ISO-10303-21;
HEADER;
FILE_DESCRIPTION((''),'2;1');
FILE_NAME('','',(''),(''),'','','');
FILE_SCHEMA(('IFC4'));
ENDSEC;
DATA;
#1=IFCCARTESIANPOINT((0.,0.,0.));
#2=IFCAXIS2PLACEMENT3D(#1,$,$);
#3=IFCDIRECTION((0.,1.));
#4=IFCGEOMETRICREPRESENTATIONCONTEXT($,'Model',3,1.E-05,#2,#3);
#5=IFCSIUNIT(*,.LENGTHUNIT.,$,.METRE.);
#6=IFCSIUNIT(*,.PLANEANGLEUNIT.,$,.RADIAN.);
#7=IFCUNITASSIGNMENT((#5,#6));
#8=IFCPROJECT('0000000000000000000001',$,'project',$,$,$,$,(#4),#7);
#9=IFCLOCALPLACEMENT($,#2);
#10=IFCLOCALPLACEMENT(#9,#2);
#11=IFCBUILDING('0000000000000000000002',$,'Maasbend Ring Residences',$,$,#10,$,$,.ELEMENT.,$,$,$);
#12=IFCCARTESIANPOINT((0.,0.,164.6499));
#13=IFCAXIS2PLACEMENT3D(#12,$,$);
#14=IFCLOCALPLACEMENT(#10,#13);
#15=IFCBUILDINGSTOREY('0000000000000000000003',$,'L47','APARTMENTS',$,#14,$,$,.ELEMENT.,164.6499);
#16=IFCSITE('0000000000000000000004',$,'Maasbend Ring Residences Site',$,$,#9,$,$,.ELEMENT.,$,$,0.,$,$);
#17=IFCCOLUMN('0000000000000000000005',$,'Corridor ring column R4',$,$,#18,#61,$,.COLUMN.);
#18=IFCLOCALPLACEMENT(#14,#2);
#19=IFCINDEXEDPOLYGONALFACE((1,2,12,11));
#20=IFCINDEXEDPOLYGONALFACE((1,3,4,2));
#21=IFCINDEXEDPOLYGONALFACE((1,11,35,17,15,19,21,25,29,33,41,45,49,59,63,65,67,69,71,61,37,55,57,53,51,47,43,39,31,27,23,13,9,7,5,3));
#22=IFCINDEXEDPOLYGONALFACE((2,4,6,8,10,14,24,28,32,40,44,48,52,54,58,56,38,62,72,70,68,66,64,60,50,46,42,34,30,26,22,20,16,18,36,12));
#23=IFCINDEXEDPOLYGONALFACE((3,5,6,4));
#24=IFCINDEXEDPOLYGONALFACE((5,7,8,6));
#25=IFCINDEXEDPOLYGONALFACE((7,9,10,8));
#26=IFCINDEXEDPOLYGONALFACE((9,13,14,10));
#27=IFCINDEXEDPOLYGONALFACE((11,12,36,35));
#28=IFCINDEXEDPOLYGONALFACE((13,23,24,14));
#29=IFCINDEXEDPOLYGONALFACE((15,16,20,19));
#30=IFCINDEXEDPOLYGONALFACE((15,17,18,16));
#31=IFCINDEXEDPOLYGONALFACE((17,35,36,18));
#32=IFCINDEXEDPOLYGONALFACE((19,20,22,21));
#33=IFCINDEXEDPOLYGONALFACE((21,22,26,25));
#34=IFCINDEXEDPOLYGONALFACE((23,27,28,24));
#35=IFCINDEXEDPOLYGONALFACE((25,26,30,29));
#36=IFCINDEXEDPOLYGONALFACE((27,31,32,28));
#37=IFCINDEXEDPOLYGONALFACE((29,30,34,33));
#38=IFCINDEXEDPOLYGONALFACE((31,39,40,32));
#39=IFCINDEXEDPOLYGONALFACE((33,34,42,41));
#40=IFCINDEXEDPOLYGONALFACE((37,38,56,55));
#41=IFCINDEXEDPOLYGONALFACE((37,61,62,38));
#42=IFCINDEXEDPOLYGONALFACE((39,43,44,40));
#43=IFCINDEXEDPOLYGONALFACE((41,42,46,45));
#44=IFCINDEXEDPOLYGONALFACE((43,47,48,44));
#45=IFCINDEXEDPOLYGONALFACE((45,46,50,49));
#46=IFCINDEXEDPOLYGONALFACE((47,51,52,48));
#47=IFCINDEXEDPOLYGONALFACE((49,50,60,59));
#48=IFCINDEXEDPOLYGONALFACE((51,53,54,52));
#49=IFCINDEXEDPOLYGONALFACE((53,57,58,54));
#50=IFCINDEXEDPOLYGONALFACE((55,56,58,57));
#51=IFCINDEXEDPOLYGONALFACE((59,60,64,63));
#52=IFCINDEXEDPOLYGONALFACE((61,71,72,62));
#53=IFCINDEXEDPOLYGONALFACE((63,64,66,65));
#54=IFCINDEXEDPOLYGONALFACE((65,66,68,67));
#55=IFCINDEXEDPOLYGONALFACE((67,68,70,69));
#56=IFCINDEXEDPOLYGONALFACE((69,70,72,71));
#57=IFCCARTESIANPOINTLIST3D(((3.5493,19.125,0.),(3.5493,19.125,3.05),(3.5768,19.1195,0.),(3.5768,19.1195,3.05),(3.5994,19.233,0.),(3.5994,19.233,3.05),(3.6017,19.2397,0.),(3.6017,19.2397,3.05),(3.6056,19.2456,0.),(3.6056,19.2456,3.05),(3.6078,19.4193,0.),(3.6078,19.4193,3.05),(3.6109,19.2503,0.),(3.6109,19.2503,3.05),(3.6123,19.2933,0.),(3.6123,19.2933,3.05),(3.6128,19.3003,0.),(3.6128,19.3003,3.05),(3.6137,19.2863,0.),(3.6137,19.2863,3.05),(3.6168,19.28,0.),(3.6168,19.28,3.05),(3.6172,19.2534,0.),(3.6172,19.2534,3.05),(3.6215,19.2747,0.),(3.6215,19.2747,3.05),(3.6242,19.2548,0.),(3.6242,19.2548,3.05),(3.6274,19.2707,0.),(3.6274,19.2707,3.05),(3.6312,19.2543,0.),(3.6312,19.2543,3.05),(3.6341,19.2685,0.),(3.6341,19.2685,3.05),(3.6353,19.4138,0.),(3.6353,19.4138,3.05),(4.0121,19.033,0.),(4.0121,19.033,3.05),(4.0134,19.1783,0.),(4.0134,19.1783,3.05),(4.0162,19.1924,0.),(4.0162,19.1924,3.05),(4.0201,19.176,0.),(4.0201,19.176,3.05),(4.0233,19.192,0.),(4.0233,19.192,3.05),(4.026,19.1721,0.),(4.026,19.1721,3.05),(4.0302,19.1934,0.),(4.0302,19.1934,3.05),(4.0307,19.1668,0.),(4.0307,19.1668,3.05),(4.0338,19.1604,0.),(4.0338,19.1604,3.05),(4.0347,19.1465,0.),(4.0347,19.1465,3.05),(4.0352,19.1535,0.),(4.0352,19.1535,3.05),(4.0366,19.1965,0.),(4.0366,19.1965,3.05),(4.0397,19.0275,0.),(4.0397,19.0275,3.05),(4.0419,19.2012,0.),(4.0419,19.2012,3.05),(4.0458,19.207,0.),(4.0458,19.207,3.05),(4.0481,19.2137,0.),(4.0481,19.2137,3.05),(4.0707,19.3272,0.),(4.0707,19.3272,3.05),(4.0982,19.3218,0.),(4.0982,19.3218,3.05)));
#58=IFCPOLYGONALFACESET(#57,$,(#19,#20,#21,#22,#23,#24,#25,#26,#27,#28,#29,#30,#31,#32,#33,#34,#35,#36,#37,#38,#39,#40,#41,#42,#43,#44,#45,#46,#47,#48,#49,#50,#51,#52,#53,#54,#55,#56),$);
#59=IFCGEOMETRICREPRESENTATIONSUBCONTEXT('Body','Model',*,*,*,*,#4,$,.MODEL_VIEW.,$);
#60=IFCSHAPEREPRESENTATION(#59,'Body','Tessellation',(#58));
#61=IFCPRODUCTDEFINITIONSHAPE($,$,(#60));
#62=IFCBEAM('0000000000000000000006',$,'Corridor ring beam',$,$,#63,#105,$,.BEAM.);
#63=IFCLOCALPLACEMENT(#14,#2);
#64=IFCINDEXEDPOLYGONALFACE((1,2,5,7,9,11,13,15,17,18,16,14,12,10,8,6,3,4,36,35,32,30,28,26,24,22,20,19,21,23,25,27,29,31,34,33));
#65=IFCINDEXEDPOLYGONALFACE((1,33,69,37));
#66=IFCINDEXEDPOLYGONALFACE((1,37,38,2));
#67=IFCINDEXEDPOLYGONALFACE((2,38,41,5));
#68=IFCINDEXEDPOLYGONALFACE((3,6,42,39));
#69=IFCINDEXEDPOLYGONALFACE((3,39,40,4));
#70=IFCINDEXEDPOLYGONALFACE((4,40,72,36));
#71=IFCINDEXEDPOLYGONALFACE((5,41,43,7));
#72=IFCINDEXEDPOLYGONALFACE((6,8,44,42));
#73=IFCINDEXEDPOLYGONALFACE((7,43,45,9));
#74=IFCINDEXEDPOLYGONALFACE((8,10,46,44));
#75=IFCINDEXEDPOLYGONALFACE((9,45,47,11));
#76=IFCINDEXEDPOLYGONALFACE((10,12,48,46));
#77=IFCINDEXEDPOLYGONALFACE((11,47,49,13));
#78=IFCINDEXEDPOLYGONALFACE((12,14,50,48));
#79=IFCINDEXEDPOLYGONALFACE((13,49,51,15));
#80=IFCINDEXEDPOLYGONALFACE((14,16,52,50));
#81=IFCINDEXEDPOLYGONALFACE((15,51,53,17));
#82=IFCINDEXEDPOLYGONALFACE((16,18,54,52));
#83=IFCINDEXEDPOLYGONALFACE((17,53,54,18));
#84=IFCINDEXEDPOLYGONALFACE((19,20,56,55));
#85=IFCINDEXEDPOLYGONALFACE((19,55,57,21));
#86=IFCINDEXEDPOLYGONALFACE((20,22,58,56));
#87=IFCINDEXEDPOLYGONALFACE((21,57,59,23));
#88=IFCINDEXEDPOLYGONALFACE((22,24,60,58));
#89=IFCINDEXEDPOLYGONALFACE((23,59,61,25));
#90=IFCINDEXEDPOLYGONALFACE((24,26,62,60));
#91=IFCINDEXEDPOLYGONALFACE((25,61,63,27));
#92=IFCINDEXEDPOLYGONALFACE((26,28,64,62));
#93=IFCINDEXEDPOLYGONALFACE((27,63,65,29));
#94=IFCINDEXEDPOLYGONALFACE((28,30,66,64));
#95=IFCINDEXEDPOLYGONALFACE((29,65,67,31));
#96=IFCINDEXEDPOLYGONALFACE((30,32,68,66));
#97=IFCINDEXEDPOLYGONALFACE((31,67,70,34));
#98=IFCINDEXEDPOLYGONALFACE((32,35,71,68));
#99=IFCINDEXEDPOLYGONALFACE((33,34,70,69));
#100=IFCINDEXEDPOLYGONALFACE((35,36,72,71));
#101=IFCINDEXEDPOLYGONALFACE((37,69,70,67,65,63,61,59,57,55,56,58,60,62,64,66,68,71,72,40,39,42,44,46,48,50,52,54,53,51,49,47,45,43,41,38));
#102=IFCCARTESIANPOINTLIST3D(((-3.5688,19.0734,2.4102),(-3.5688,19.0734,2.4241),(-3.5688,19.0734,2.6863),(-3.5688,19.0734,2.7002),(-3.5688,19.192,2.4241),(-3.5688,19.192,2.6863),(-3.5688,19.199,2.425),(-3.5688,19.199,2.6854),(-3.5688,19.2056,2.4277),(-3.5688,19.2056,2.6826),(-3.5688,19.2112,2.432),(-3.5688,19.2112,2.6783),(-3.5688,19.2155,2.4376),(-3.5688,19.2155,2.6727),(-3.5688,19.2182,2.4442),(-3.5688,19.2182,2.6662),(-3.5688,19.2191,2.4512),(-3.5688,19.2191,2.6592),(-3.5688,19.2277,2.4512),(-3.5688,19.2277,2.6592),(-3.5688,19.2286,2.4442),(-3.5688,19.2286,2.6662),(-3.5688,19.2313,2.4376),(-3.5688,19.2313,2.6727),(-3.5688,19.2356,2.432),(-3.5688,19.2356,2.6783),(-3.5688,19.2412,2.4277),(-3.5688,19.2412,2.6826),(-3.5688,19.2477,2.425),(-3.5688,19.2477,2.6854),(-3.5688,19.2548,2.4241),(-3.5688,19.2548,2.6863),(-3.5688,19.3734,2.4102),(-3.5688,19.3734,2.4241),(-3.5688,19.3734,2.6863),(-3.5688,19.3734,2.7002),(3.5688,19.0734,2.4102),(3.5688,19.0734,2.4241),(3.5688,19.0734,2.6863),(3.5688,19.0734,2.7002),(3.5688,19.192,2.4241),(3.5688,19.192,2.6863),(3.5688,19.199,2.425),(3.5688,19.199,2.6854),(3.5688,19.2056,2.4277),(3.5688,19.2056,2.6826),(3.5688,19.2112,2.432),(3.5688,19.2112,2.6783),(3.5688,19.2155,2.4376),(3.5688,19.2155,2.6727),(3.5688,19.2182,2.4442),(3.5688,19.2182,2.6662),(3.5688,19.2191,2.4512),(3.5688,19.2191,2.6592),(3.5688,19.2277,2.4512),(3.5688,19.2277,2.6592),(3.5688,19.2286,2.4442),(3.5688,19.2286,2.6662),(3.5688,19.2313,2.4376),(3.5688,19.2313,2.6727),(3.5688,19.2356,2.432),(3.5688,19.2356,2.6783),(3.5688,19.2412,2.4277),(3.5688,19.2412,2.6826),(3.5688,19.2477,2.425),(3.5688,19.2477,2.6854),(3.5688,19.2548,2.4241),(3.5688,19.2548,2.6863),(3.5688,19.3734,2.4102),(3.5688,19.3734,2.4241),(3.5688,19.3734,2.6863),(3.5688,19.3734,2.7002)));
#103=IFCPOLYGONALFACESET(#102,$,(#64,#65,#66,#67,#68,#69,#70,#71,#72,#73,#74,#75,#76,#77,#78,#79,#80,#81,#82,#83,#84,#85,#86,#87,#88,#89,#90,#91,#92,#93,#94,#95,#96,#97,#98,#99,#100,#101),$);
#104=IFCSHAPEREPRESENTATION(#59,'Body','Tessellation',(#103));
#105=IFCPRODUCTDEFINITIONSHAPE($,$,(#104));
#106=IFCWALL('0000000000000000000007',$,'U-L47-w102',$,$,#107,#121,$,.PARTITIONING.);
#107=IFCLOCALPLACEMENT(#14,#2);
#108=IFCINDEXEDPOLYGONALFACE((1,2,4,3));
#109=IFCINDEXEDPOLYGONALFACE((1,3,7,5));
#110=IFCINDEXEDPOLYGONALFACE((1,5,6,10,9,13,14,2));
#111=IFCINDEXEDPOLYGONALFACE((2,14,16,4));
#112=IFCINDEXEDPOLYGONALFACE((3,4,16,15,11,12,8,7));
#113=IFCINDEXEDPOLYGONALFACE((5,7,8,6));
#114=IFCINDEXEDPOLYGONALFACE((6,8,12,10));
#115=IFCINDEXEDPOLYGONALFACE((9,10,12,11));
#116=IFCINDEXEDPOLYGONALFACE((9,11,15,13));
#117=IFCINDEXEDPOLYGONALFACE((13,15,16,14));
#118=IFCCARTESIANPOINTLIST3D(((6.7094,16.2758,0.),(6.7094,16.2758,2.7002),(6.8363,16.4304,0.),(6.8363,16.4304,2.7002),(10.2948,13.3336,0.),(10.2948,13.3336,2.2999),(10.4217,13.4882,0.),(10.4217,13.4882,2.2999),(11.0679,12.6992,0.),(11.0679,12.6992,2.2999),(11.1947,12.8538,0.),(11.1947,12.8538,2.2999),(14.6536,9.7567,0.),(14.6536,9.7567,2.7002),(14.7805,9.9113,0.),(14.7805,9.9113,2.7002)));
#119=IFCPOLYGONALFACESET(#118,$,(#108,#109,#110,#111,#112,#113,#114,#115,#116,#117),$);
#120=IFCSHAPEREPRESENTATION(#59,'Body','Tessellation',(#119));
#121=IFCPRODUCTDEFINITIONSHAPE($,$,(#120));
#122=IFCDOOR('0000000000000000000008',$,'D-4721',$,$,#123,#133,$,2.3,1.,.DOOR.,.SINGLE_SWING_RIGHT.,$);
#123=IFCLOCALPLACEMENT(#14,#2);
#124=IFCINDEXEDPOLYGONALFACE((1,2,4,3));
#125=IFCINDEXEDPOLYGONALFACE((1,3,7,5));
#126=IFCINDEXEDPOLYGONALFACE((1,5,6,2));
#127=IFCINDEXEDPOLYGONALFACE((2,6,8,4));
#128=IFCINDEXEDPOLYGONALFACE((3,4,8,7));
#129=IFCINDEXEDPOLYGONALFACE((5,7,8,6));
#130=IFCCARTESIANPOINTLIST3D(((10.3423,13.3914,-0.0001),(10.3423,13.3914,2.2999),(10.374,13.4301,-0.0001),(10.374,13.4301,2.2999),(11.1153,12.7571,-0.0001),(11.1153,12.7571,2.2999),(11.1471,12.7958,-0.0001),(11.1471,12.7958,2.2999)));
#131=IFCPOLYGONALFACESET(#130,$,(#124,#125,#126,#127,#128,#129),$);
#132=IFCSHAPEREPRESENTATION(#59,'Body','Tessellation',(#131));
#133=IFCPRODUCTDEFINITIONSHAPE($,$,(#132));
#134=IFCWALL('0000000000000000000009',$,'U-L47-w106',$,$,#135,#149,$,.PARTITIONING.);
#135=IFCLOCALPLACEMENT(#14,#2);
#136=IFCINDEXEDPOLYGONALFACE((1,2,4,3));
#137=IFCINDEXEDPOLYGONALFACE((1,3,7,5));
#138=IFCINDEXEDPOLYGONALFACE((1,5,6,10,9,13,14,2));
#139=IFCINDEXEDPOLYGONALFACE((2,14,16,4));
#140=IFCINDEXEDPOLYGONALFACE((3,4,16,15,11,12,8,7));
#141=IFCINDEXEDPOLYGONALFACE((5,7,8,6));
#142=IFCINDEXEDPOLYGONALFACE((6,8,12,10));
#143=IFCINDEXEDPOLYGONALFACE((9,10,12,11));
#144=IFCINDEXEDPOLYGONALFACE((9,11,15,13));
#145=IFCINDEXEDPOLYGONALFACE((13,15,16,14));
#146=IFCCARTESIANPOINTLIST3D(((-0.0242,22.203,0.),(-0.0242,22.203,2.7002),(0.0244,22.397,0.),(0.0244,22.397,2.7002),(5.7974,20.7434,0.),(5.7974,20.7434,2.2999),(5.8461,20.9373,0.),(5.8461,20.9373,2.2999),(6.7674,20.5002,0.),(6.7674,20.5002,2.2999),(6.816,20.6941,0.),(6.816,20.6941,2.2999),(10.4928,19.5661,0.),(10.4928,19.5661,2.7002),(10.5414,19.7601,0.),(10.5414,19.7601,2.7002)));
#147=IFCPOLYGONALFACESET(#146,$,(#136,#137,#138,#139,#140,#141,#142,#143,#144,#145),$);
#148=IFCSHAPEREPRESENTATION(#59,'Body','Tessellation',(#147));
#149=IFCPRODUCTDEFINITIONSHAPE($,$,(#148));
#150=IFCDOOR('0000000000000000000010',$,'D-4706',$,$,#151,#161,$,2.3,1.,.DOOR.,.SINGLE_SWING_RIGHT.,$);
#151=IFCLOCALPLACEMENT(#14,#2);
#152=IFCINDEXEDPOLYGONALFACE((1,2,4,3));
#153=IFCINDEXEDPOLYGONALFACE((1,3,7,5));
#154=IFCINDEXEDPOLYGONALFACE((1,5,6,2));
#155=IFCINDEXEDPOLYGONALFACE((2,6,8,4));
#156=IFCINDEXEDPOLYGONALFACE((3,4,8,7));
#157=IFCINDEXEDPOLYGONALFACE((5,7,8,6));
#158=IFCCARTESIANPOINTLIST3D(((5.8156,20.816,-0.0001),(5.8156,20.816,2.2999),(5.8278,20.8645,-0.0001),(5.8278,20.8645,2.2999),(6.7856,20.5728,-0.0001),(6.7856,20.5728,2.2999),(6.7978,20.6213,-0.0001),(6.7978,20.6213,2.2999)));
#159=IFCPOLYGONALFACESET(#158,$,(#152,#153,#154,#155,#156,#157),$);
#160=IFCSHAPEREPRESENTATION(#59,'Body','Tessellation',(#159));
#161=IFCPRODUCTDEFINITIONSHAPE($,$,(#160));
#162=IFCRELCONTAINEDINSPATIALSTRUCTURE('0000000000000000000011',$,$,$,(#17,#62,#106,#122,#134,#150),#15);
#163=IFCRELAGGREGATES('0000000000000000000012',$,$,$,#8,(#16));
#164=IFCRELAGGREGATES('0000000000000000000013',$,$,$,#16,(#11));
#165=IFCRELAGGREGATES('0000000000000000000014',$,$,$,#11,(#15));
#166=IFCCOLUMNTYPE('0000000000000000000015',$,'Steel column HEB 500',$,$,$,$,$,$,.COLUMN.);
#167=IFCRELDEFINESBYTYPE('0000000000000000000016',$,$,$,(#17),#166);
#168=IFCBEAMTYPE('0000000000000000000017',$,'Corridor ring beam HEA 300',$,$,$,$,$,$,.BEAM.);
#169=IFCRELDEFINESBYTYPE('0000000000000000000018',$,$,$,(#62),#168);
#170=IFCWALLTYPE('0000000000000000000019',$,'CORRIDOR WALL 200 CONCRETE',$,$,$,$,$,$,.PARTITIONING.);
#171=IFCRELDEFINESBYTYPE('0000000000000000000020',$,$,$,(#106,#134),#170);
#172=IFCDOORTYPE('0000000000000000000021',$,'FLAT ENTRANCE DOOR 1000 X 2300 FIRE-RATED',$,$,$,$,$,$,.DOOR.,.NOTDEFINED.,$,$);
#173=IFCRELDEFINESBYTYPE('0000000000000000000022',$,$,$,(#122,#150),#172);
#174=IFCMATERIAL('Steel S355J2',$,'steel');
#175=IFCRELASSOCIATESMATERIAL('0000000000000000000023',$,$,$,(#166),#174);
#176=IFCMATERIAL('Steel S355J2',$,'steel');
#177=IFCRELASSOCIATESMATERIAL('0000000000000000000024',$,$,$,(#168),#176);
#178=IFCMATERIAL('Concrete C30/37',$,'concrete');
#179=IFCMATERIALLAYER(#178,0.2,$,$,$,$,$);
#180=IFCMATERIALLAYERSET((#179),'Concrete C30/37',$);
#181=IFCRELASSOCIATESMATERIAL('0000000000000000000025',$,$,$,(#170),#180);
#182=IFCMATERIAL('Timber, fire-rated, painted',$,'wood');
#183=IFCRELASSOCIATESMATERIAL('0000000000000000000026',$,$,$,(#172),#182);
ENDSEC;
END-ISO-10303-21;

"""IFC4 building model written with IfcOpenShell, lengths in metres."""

from ifc_helpers import new_model, si_unit, direction, frame, frame_2d, origin, origin_2d, place, context, subcontext, project, spatial, rectangle, i_section, extrude, material, layer, layer_set, material_profile, profile_set, type_object, element, fill, save


model = new_model("IFC4")

# Units and contexts
model_context = context("Model", 3, precision=1e-05, world=origin(), true_north=direction((0.0, 1.0)))
body_context = subcontext(model_context, "Body", "Model", "MODEL_VIEW")
ifc_project = project(units=[si_unit("LENGTHUNIT", "METRE"), si_unit("PLANEANGLEUNIT", "RADIAN")], contexts=[model_context])

# Site, building, storey
site_placement = place(None, origin())
site = spatial("IfcSite", under=ifc_project, at=site_placement, Name="Maasbend Ring Residences Site", CompositionType="ELEMENT", RefElevation=0.0)
building_placement = place(site_placement, origin())
building = spatial("IfcBuilding", under=site, at=building_placement, Name="Maasbend Ring Residences", CompositionType="ELEMENT")
storey_placement = place(building_placement, frame((0.0, 0.0, 164.6499)))
storey = spatial("IfcBuildingStorey", under=building, at=storey_placement, Name="L47", Description="APARTMENTS", CompositionType="ELEMENT", Elevation=164.6499)

# Column
ifc_material_1 = material(Name="Steel S355J2", Category="steel")
ifc_material_profile_1 = material_profile(ifc_material_1, i_section(OverallWidth=0.3, OverallDepth=0.5, WebThickness=0.0144, FlangeThickness=0.0281, FilletRadius=0.0271, at=origin_2d()), Name="HEB 500")
ifc_profile_set_1 = profile_set([ifc_material_profile_1], Name="Steel S355J2")
column_type = type_object("IfcColumnType", Name="Steel column HEB 500", PredefinedType="COLUMN", material=ifc_profile_set_1)
column_placement = place(storey_placement, frame((3.8237, 19.2234, 0.0), z_axis=(0.0, 0.0, 1.0), x_axis=(0.19509, 0.980785, 0.0)))
element("IfcColumn", 1, at=column_placement, inside=storey, type_object=column_type, Name="Corridor ring column R4", PredefinedType="COLUMN", context=body_context, shape_type="SweptSolid", body=[
    extrude(i_section(OverallWidth=0.3, OverallDepth=0.5, WebThickness=0.0144, FlangeThickness=0.0281, FilletRadius=0.0271, at=origin_2d()), origin(), (0.0, 0.0, 1.0), 3.05),
])

# Beam
ifc_material_2 = material(Name="Steel S355J2", Category="steel")
ifc_material_profile_2 = material_profile(ifc_material_2, i_section(OverallWidth=0.3, OverallDepth=0.29, WebThickness=0.0085, FlangeThickness=0.0139, FilletRadius=0.0271, at=origin_2d()), Name="HEA 300")
ifc_profile_set_2 = profile_set([ifc_material_profile_2], Name="Steel S355J2")
beam_type = type_object("IfcBeamType", Name="Corridor ring beam HEA 300", PredefinedType="BEAM", material=ifc_profile_set_2)
beam_placement = place(storey_placement, frame((3.5688, 19.2234, 2.5552), z_axis=(-1.0, 0.0, 0.0), x_axis=(0.0, -1.0, 0.0)))
element("IfcBeam", 2, at=beam_placement, inside=storey, type_object=beam_type, Name="Corridor ring beam", PredefinedType="BEAM", context=body_context, shape_type="SweptSolid", body=[
    extrude(i_section(OverallWidth=0.3, OverallDepth=0.29, WebThickness=0.0085, FlangeThickness=0.0139, FilletRadius=0.0271, at=origin_2d()), origin(), (0.0, 0.0, 1.0), 7.1377),
])

# Walls, openings, doors
ifc_material_3 = material(Name="Concrete C30/37", Category="concrete")
ifc_layer_1 = layer(ifc_material_3, 0.2)
ifc_layer_set_1 = layer_set([ifc_layer_1], Name="Concrete C30/37")
wall_type_1 = type_object("IfcWallType", Name="CORRIDOR WALL 200 CONCRETE", PredefinedType="PARTITIONING", material=ifc_layer_set_1)
wall_1_placement = place(storey_placement, frame((6.7729, 16.353, 0.0), z_axis=(0.0, 0.0, 1.0), x_axis=(0.773035, -0.634364, 0.0)))
wall_1 = element("IfcWall", 3, at=wall_1_placement, inside=storey, type_object=wall_type_1, Name="U-L47-w102", PredefinedType="PARTITIONING", context=body_context, shape_type="SweptSolid", body=[
    extrude(rectangle(XDim=10.2766, YDim=0.2, at=frame_2d((5.1382, 0.0))), origin(), (0.0, 0.0, 1.0), 2.7002),
])
opening_1_placement = place(wall_1_placement, frame((4.6379, 0.0, 0.0)))
opening_1 = element("IfcOpeningElement", 4, at=opening_1_placement, cuts=wall_1, PredefinedType="OPENING", context=body_context, shape_type="SweptSolid", body=[
    extrude(rectangle(XDim=1.0, YDim=2.3, at=frame_2d((0.5, 1.1499))), frame((0.0, 0.1099, 0.0), z_axis=(0.0, -1.0, 0.0), x_axis=(1.0, 0.0, 0.0)), (0.0, 0.0, 1.0), 0.22),
])
ifc_material_4 = material(Name="Timber, fire-rated, painted", Category="wood")
door_type_1 = type_object("IfcDoorType", Name="FLAT ENTRANCE DOOR 1000 X 2300 FIRE-RATED", OperationType="NOTDEFINED", PredefinedType="DOOR", material=ifc_material_4)
door_1_placement = place(opening_1_placement, origin())
door_1 = element("IfcDoor", 5, at=door_1_placement, inside=storey, type_object=door_type_1, Name="D-4721", OperationType="SINGLE_SWING_RIGHT", OverallHeight=2.3, OverallWidth=1.0, PredefinedType="DOOR", context=body_context, shape_type="SweptSolid", body=[
    extrude(rectangle(XDim=1.0, YDim=2.3, at=frame_2d((0.5, 1.1499))), frame((0.0, 0.0249, 0.0), z_axis=(0.0, -1.0, 0.0), x_axis=(1.0, 0.0, 0.0)), (0.0, 0.0, 1.0), 0.05),
])
fill(opening_1, door_1)
wall_2_placement = place(storey_placement, frame((0.0, 22.3, 0.0), z_axis=(0.0, 0.0, 1.0), x_axis=(0.969975, -0.243203, 0.0)))
wall_2 = element("IfcWall", 6, at=wall_2_placement, inside=storey, type_object=wall_type_1, Name="U-L47-w106", PredefinedType="PARTITIONING", context=body_context, shape_type="SweptSolid", body=[
    extrude(rectangle(XDim=10.8425, YDim=0.2, at=frame_2d((5.4214, 0.0))), origin(), (0.0, 0.0, 1.0), 2.7002),
])
opening_2_placement = place(wall_2_placement, frame((6.002, 0.0, 0.0)))
opening_2 = element("IfcOpeningElement", 7, at=opening_2_placement, cuts=wall_2, PredefinedType="OPENING", context=body_context, shape_type="SweptSolid", body=[
    extrude(rectangle(XDim=1.0, YDim=2.3, at=frame_2d((0.5, 1.1499))), frame((0.0, 0.1099, 0.0), z_axis=(0.0, -1.0, 0.0), x_axis=(1.0, 0.0, 0.0)), (0.0, 0.0, 1.0), 0.22),
])
door_2_placement = place(opening_2_placement, origin())
door_2 = element("IfcDoor", 8, at=door_2_placement, inside=storey, type_object=door_type_1, Name="D-4706", OperationType="SINGLE_SWING_RIGHT", OverallHeight=2.3, OverallWidth=1.0, PredefinedType="DOOR", context=body_context, shape_type="SweptSolid", body=[
    extrude(rectangle(XDim=1.0, YDim=2.3, at=frame_2d((0.5, 1.1499))), frame((0.0, 0.0249, 0.0), z_axis=(0.0, -1.0, 0.0), x_axis=(1.0, 0.0, 0.0)), (0.0, 0.0, 1.0), 0.05),
])
fill(opening_2, door_2)

save(model, "model.ifc")
